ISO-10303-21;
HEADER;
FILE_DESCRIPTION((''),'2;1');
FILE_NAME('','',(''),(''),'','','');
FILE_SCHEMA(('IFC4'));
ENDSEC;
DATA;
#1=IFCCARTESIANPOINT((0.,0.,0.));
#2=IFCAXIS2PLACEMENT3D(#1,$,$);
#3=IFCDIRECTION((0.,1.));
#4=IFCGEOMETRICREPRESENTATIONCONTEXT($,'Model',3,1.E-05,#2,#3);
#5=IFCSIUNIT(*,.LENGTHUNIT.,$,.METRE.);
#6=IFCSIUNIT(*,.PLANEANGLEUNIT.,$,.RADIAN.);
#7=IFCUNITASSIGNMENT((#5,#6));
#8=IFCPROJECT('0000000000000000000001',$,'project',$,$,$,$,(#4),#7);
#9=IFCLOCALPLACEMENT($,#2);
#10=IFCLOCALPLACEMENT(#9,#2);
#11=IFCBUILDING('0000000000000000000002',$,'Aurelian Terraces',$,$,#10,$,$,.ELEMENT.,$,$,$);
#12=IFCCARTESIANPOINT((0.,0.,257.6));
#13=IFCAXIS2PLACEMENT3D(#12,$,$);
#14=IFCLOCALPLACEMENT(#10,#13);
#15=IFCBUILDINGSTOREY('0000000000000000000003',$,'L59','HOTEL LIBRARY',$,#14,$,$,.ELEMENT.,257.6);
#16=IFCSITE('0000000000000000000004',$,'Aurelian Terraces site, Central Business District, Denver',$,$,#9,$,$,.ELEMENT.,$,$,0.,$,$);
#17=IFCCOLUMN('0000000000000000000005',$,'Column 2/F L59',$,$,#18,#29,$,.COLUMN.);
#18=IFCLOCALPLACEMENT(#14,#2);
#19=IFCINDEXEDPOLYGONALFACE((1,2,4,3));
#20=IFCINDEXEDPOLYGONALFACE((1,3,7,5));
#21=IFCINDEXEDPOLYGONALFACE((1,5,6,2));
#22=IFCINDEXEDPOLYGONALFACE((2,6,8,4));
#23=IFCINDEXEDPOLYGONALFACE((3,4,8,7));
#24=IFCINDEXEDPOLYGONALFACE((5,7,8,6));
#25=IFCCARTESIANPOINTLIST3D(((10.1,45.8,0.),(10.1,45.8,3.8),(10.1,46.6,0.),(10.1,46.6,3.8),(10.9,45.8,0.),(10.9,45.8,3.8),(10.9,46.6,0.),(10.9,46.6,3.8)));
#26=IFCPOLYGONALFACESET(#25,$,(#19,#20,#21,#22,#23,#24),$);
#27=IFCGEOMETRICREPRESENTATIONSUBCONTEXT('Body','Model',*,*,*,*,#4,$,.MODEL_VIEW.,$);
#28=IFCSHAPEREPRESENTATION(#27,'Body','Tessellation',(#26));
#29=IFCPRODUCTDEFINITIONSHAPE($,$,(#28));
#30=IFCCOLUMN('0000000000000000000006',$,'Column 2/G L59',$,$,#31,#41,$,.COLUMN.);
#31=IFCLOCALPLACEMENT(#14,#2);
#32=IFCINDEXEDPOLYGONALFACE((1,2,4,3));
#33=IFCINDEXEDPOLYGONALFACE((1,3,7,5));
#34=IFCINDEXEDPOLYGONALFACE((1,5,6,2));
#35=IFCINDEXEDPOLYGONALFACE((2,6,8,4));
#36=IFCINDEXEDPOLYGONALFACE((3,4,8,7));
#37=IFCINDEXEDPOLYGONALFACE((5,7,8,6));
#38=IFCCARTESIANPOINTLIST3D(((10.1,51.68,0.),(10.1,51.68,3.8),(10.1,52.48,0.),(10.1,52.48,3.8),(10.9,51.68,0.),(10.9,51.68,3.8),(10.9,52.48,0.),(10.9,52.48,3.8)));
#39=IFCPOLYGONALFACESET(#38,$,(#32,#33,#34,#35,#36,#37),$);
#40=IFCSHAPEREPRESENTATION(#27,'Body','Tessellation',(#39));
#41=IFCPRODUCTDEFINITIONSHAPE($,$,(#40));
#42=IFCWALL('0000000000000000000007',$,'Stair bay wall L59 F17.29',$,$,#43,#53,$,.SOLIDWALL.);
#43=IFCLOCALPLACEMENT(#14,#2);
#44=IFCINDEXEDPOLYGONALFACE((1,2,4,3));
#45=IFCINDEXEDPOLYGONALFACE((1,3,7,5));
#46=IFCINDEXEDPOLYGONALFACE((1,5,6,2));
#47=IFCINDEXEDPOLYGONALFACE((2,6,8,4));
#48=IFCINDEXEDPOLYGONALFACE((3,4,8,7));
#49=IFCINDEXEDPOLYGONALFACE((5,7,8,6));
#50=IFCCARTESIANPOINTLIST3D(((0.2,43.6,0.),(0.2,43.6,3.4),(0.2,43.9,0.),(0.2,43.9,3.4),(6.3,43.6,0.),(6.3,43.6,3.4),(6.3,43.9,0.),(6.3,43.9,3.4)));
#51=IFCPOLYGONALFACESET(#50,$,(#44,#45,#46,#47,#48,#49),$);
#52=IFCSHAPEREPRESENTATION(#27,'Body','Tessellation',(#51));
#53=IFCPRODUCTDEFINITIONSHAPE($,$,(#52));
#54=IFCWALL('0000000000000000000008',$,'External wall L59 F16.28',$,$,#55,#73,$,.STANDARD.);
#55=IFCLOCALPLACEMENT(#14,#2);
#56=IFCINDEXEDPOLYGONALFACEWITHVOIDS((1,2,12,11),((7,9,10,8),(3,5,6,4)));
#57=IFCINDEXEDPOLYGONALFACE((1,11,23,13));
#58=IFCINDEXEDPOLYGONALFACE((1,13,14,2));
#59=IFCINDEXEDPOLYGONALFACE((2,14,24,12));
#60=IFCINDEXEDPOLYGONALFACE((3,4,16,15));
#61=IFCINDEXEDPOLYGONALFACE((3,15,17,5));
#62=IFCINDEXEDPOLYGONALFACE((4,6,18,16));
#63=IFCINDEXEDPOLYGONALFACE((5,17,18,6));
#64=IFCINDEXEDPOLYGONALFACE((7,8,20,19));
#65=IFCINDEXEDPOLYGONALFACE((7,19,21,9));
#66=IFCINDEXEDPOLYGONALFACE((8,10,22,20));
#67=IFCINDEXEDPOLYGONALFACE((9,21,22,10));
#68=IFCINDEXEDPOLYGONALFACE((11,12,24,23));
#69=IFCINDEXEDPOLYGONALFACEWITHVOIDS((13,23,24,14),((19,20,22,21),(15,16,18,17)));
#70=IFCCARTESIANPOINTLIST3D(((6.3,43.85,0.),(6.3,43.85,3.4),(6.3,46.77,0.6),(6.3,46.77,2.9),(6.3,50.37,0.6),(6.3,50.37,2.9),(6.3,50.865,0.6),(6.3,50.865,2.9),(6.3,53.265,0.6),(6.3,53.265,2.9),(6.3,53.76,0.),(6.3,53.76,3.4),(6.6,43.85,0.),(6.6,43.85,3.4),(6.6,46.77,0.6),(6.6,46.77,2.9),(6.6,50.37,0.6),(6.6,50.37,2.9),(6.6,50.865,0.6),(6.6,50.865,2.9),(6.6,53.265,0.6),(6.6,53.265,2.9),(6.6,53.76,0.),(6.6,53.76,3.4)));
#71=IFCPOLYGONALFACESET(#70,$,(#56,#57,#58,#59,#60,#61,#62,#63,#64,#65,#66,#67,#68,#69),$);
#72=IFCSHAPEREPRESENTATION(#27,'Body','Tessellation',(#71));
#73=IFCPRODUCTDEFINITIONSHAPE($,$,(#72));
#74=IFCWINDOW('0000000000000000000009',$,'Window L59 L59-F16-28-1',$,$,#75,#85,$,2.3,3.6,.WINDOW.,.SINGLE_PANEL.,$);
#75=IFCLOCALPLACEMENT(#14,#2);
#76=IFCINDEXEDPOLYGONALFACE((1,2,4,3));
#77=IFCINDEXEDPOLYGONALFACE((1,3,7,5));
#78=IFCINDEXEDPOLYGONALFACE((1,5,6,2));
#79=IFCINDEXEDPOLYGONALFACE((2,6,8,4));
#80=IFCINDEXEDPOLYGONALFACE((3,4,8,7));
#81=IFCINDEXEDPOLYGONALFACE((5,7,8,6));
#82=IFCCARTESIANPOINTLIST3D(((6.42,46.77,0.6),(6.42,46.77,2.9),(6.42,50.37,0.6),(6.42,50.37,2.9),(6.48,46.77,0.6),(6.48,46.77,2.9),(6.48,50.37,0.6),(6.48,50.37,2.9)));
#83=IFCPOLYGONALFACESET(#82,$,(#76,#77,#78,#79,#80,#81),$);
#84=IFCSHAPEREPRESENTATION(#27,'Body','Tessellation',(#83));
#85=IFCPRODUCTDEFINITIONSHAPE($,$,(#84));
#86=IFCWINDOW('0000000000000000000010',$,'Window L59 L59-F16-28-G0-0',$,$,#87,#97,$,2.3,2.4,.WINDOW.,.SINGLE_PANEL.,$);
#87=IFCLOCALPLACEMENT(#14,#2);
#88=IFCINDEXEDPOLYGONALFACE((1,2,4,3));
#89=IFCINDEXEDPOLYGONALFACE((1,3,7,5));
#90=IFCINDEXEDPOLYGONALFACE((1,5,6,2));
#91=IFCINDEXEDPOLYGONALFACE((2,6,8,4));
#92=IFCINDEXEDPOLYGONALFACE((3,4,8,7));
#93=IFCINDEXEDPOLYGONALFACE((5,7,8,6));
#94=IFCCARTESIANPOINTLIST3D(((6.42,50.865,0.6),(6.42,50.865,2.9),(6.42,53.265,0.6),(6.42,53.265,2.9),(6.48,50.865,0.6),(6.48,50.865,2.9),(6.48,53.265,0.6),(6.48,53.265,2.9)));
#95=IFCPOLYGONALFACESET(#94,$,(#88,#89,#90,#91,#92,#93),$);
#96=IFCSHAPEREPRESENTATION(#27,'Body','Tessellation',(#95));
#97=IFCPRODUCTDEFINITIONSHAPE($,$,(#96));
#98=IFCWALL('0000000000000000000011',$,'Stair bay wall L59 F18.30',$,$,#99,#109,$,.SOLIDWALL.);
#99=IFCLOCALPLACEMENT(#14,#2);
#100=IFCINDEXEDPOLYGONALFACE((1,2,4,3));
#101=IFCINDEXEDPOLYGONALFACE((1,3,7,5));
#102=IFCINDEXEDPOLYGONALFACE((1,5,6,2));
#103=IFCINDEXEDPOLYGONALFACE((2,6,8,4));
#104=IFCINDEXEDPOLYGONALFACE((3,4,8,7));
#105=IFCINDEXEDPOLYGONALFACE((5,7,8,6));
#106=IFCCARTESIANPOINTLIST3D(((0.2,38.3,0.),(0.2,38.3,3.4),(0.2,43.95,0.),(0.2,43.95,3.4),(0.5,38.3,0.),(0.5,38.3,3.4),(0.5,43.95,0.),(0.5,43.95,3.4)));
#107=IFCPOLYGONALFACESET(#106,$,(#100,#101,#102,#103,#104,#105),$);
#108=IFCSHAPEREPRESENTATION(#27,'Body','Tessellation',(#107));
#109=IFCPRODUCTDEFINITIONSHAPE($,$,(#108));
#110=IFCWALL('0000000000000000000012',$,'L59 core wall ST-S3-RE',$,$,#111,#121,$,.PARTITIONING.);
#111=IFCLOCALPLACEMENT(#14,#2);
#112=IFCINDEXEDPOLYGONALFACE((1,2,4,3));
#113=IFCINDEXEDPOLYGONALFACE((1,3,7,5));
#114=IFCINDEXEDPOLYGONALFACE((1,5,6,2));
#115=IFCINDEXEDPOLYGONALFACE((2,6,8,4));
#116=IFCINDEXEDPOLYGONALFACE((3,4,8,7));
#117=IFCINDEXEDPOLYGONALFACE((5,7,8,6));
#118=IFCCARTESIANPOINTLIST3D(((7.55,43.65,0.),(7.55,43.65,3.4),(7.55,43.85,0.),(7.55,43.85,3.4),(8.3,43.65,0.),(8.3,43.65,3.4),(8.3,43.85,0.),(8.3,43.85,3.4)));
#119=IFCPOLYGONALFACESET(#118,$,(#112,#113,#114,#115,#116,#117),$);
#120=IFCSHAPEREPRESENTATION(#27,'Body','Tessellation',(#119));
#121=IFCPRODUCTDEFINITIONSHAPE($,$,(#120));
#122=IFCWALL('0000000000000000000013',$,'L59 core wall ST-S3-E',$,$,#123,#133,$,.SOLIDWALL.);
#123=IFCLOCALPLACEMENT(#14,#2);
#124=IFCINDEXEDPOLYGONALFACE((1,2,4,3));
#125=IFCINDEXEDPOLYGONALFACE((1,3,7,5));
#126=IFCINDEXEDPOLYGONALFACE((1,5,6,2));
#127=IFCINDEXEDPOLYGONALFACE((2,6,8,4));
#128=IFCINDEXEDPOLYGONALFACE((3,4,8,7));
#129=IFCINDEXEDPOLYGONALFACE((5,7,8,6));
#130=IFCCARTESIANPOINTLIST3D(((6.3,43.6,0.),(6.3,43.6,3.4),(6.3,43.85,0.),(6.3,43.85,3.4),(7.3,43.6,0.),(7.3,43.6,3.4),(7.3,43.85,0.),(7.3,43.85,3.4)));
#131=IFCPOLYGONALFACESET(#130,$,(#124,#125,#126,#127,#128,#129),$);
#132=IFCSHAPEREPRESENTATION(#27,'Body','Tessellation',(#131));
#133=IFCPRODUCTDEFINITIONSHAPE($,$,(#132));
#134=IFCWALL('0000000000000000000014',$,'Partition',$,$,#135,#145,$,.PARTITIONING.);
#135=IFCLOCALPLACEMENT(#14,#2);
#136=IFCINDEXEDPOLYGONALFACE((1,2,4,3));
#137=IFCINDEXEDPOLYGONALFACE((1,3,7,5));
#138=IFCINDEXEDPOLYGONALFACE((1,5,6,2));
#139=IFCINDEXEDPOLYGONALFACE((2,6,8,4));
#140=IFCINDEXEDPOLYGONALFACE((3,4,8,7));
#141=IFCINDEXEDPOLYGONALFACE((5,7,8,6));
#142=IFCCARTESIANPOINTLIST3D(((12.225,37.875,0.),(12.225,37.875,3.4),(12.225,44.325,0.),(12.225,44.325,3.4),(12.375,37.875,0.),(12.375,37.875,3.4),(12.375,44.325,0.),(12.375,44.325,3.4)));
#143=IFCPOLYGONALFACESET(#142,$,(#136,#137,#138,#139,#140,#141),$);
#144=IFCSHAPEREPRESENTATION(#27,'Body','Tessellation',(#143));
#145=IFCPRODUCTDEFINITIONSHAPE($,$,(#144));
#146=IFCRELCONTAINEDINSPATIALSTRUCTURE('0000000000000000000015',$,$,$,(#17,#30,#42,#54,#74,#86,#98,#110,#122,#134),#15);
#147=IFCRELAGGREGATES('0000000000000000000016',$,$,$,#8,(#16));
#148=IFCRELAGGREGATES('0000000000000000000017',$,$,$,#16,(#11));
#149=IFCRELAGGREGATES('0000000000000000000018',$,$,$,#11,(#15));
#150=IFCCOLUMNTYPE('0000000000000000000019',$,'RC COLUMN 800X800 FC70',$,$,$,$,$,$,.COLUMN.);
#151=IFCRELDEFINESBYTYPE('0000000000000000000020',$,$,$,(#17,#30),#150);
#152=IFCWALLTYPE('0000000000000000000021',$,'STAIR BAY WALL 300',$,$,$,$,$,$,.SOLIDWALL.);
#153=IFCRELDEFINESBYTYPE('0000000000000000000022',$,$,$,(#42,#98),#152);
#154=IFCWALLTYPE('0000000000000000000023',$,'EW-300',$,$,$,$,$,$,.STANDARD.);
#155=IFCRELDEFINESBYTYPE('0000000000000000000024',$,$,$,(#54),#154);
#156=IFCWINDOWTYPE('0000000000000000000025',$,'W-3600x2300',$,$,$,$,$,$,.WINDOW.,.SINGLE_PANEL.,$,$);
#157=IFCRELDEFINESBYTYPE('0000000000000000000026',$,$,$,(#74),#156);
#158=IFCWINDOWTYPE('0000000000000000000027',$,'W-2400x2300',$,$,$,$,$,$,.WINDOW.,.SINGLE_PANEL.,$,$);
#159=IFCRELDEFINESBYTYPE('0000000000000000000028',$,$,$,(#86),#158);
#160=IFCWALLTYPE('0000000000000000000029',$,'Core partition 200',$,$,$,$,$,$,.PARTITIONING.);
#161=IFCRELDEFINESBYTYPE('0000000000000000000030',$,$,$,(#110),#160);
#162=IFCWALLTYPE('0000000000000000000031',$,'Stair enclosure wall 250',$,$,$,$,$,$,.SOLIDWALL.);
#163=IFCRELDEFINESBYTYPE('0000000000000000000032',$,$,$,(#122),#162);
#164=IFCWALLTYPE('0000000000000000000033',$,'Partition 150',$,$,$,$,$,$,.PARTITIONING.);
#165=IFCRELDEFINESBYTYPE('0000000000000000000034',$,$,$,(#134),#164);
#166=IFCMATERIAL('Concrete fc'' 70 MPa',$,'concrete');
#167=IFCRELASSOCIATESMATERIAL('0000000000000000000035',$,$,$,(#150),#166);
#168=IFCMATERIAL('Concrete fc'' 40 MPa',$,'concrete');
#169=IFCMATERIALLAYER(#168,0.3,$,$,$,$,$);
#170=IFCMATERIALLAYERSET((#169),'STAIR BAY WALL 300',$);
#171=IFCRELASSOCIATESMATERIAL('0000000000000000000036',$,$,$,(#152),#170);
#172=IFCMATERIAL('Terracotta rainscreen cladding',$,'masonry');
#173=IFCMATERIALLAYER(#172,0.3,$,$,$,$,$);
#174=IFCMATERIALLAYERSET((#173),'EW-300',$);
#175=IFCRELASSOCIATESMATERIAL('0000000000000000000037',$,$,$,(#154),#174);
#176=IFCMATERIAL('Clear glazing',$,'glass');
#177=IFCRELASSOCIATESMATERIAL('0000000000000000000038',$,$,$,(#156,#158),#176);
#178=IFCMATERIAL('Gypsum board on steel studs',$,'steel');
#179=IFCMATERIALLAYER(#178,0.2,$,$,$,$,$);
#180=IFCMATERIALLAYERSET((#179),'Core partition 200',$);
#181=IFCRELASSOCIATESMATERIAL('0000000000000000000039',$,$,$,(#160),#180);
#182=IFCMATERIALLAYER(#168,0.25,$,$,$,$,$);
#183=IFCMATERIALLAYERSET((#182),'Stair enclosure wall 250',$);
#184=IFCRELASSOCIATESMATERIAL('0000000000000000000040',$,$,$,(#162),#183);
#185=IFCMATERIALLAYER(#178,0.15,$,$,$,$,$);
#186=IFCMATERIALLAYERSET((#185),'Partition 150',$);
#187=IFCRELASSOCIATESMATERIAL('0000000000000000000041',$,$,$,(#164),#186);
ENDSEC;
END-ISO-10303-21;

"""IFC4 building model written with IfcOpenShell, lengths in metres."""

from ifc_helpers import new_model, si_unit, direction, frame, frame_2d, origin, origin_2d, place, context, subcontext, project, spatial, rectangle, extrude, source, transform, mapped, material, layer, layer_set, material_profile, profile_set, type_object, element, fill, save


model = new_model("IFC4")

# Units and contexts
model_context = context("Model", 3, precision=1e-05, world=origin(), true_north=direction((0.0, 1.0)))
body_context = subcontext(model_context, "Body", "Model", "MODEL_VIEW")
ifc_project = project(units=[si_unit("LENGTHUNIT", "METRE"), si_unit("PLANEANGLEUNIT", "RADIAN")], contexts=[model_context])

# Site, building, storey
site_placement = place(None, origin())
site = spatial("IfcSite", under=ifc_project, at=site_placement, Name="Aurelian Terraces site, Central Business District, Denver", CompositionType="ELEMENT", RefElevation=0.0)
building_placement = place(site_placement, origin())
building = spatial("IfcBuilding", under=site, at=building_placement, Name="Aurelian Terraces", CompositionType="ELEMENT")
storey_placement = place(building_placement, frame((0.0, 0.0, 257.6)))
storey = spatial("IfcBuildingStorey", under=building, at=storey_placement, Name="L59", Description="HOTEL LIBRARY", CompositionType="ELEMENT", Elevation=257.6)

# Columns
ifc_material_1 = material(Name="Concrete fc' 70 MPa", Category="concrete")
ifc_material_profile = material_profile(ifc_material_1, rectangle(XDim=0.8, YDim=0.8, at=origin_2d()))
ifc_profile_set = profile_set([ifc_material_profile], Name="Concrete fc' 70 MPa")
column_type = type_object("IfcColumnType", Name="RC COLUMN 800X800 FC70", PredefinedType="COLUMN", material=ifc_profile_set)
shared_shape_1 = source(origin(), body_context, "Body", "SweptSolid", [
    extrude(rectangle(XDim=0.8, YDim=0.8, at=origin_2d()), origin(), (0.0, 0.0, 1.0), 3.8),
])
for number, where, z_axis, x_axis, name in (
    (1, (10.5, 46.2, 0.0), (0.0, 0.0, 1.0), (1.0, 0.0, 0.0), "Column 2/F L59"),
    (2, (10.5, 52.08, 0.0), (0.0, 0.0, 1.0), (1.0, 0.0, 0.0), "Column 2/G L59"),
):
    element("IfcColumn", number, at=place(storey_placement, frame(where, z_axis=z_axis, x_axis=x_axis)), inside=storey, type_object=column_type, Name=name, PredefinedType="COLUMN", context=body_context, shape_type="MappedRepresentation", body=[
        mapped(shared_shape_1, transform((0.0, 0.0, 0.0), scale=1.0)),
    ])

# Wall
ifc_material_2 = material(Name="Concrete fc' 40 MPa", Category="concrete")
ifc_layer_1 = layer(ifc_material_2, 0.3)
ifc_layer_set_1 = layer_set([ifc_layer_1], Name="STAIR BAY WALL 300")
wall_type_1 = type_object("IfcWallType", Name="STAIR BAY WALL 300", PredefinedType="SOLIDWALL", material=ifc_layer_set_1)
shared_shape_2 = source(origin(), body_context, "Body", "SweptSolid", [
    extrude(rectangle(XDim=6.1, YDim=0.3, at=frame_2d((3.05, 0.0))), origin(), (0.0, 0.0, 1.0), 3.4),
])
wall_1_placement = place(storey_placement, frame((6.3, 43.75, 0.0), z_axis=(0.0, 0.0, 1.0), x_axis=(-1.0, 0.0, 0.0)))
element("IfcWall", 3, at=wall_1_placement, inside=storey, type_object=wall_type_1, Name="Stair bay wall L59 F17.29", PredefinedType="SOLIDWALL", context=body_context, shape_type="MappedRepresentation", body=[
    mapped(shared_shape_2, transform((0.0, 0.0, 0.0), scale=1.0)),
])

# Wall, openings, windows
ifc_material_3 = material(Name="Terracotta rainscreen cladding", Category="masonry")
ifc_layer_2 = layer(ifc_material_3, 0.3)
ifc_layer_set_2 = layer_set([ifc_layer_2], Name="EW-300")
wall_type_2 = type_object("IfcWallType", Name="EW-300", PredefinedType="STANDARD", material=ifc_layer_set_2)
shared_shape_3 = source(origin(), body_context, "Body", "SweptSolid", [
    extrude(rectangle(XDim=9.91, YDim=0.3, at=frame_2d((4.955, 0.0))), origin(), (0.0, 0.0, 1.0), 3.4),
])
wall_2_placement = place(storey_placement, frame((6.45, 53.76, 0.0), z_axis=(0.0, 0.0, 1.0), x_axis=(0.0, -1.0, 0.0)))
wall_2 = element("IfcWall", 4, at=wall_2_placement, inside=storey, type_object=wall_type_2, Name="External wall L59 F16.28", PredefinedType="STANDARD", context=body_context, shape_type="MappedRepresentation", body=[
    mapped(shared_shape_3, transform((0.0, 0.0, 0.0), scale=1.0)),
])
shared_shape_4 = source(origin(), body_context, "Body", "SweptSolid", [
    extrude(rectangle(XDim=3.6, YDim=2.3, at=frame_2d((1.8, 1.15))), frame((0.0, 0.16, 0.0), z_axis=(0.0, -1.0, 0.0), x_axis=(1.0, 0.0, 0.0)), (0.0, 0.0, 1.0), 0.32),
])
opening_1_placement = place(wall_2_placement, frame((3.39, 0.0, 0.6)))
opening_1 = element("IfcOpeningElement", 5, at=opening_1_placement, cuts=wall_2, PredefinedType="OPENING", context=body_context, shape_type="MappedRepresentation", body=[
    mapped(shared_shape_4, transform((0.0, 0.0, 0.0), scale=1.0)),
])
shared_shape_5 = source(origin(), body_context, "Body", "SweptSolid", [
    extrude(rectangle(XDim=2.4, YDim=2.3, at=frame_2d((1.2, 1.15))), frame((0.0, 0.16, 0.0), z_axis=(0.0, -1.0, 0.0), x_axis=(1.0, 0.0, 0.0)), (0.0, 0.0, 1.0), 0.32),
])
opening_2_placement = place(wall_2_placement, frame((0.495, 0.0, 0.6)))
opening_2 = element("IfcOpeningElement", 6, at=opening_2_placement, cuts=wall_2, PredefinedType="OPENING", context=body_context, shape_type="MappedRepresentation", body=[
    mapped(shared_shape_5, transform((0.0, 0.0, 0.0), scale=1.0)),
])
ifc_material_4 = material(Name="Clear glazing", Category="glass")
window_type_1 = type_object("IfcWindowType", Name="W-3600x2300", PartitioningType="SINGLE_PANEL", PredefinedType="WINDOW", material=ifc_material_4)
shared_shape_6 = source(origin(), body_context, "Body", "SweptSolid", [
    extrude(rectangle(XDim=3.6, YDim=2.3, at=frame_2d((1.8, 1.15))), frame((0.0, 0.03, 0.0), z_axis=(0.0, -1.0, 0.0), x_axis=(1.0, 0.0, 0.0)), (0.0, 0.0, 1.0), 0.06),
])
window_1_placement = place(opening_1_placement, origin())
window_1 = element("IfcWindow", 7, at=window_1_placement, inside=storey, type_object=window_type_1, Name="Window L59 L59-F16-28-1", OverallHeight=2.3, OverallWidth=3.6, PartitioningType="SINGLE_PANEL", PredefinedType="WINDOW", context=body_context, shape_type="MappedRepresentation", body=[
    mapped(shared_shape_6, transform((0.0, 0.0, 0.0), scale=1.0)),
])
fill(opening_1, window_1)
window_type_2 = type_object("IfcWindowType", Name="W-2400x2300", PartitioningType="SINGLE_PANEL", PredefinedType="WINDOW", material=ifc_material_4)
shared_shape_7 = source(origin(), body_context, "Body", "SweptSolid", [
    extrude(rectangle(XDim=2.4, YDim=2.3, at=frame_2d((1.2, 1.15))), frame((0.0, 0.03, 0.0), z_axis=(0.0, -1.0, 0.0), x_axis=(1.0, 0.0, 0.0)), (0.0, 0.0, 1.0), 0.06),
])
window_2_placement = place(opening_2_placement, origin())
window_2 = element("IfcWindow", 8, at=window_2_placement, inside=storey, type_object=window_type_2, Name="Window L59 L59-F16-28-G0-0", OverallHeight=2.3, OverallWidth=2.4, PartitioningType="SINGLE_PANEL", PredefinedType="WINDOW", context=body_context, shape_type="MappedRepresentation", body=[
    mapped(shared_shape_7, transform((0.0, 0.0, 0.0), scale=1.0)),
])
fill(opening_2, window_2)

# Walls
shared_shape_8 = source(origin(), body_context, "Body", "SweptSolid", [
    extrude(rectangle(XDim=5.65, YDim=0.3, at=frame_2d((2.825, 0.0))), origin(), (0.0, 0.0, 1.0), 3.4),
])
wall_3_placement = place(storey_placement, frame((0.35, 43.95, 0.0), z_axis=(0.0, 0.0, 1.0), x_axis=(0.0, -1.0, 0.0)))
element("IfcWall", 9, at=wall_3_placement, inside=storey, type_object=wall_type_1, Name="Stair bay wall L59 F18.30", PredefinedType="SOLIDWALL", context=body_context, shape_type="MappedRepresentation", body=[
    mapped(shared_shape_8, transform((0.0, 0.0, 0.0), scale=1.0)),
])
ifc_material_5 = material(Name="Gypsum board on steel studs", Category="steel")
ifc_layer_3 = layer(ifc_material_5, 0.2)
ifc_layer_set_3 = layer_set([ifc_layer_3], Name="Core partition 200")
wall_type_3 = type_object("IfcWallType", Name="Core partition 200", PredefinedType="PARTITIONING", material=ifc_layer_set_3)
shared_shape_9 = source(origin(), body_context, "Body", "SweptSolid", [
    extrude(rectangle(XDim=0.75, YDim=0.2, at=frame_2d((0.375, 0.0))), origin(), (0.0, 0.0, 1.0), 3.4),
])
wall_4_placement = place(storey_placement, frame((7.55, 43.75, 0.0), z_axis=(0.0, 0.0, 1.0), x_axis=(1.0, 0.0, 0.0)))
element("IfcWall", 10, at=wall_4_placement, inside=storey, type_object=wall_type_3, Name="L59 core wall ST-S3-RE", PredefinedType="PARTITIONING", context=body_context, shape_type="MappedRepresentation", body=[
    mapped(shared_shape_9, transform((0.0, 0.0, 0.0), scale=1.0)),
])
ifc_layer_4 = layer(ifc_material_2, 0.25)
ifc_layer_set_4 = layer_set([ifc_layer_4], Name="Stair enclosure wall 250")
wall_type_4 = type_object("IfcWallType", Name="Stair enclosure wall 250", PredefinedType="SOLIDWALL", material=ifc_layer_set_4)
shared_shape_10 = source(origin(), body_context, "Body", "SweptSolid", [
    extrude(rectangle(XDim=1.0, YDim=0.25, at=frame_2d((0.5, 0.0))), origin(), (0.0, 0.0, 1.0), 3.4),
])
wall_5_placement = place(storey_placement, frame((6.3, 43.725, 0.0), z_axis=(0.0, 0.0, 1.0), x_axis=(1.0, 0.0, 0.0)))
element("IfcWall", 11, at=wall_5_placement, inside=storey, type_object=wall_type_4, Name="L59 core wall ST-S3-E", PredefinedType="SOLIDWALL", context=body_context, shape_type="MappedRepresentation", body=[
    mapped(shared_shape_10, transform((0.0, 0.0, 0.0), scale=1.0)),
])
ifc_layer_5 = layer(ifc_material_5, 0.15)
ifc_layer_set_5 = layer_set([ifc_layer_5], Name="Partition 150")
wall_type_5 = type_object("IfcWallType", Name="Partition 150", PredefinedType="PARTITIONING", material=ifc_layer_set_5)
shared_shape_11 = source(origin(), body_context, "Body", "SweptSolid", [
    extrude(rectangle(XDim=6.45, YDim=0.15, at=frame_2d((3.225, 0.0))), origin(), (0.0, 0.0, 1.0), 3.4),
])
wall_6_placement = place(storey_placement, frame((12.3, 44.325, 0.0), z_axis=(0.0, 0.0, 1.0), x_axis=(0.0, -1.0, 0.0)))
element("IfcWall", 12, at=wall_6_placement, inside=storey, type_object=wall_type_5, Name="Partition", PredefinedType="PARTITIONING", context=body_context, shape_type="MappedRepresentation", body=[
    mapped(shared_shape_11, transform((0.0, 0.0, 0.0), scale=1.0)),
])

save(model, "model.ifc")
